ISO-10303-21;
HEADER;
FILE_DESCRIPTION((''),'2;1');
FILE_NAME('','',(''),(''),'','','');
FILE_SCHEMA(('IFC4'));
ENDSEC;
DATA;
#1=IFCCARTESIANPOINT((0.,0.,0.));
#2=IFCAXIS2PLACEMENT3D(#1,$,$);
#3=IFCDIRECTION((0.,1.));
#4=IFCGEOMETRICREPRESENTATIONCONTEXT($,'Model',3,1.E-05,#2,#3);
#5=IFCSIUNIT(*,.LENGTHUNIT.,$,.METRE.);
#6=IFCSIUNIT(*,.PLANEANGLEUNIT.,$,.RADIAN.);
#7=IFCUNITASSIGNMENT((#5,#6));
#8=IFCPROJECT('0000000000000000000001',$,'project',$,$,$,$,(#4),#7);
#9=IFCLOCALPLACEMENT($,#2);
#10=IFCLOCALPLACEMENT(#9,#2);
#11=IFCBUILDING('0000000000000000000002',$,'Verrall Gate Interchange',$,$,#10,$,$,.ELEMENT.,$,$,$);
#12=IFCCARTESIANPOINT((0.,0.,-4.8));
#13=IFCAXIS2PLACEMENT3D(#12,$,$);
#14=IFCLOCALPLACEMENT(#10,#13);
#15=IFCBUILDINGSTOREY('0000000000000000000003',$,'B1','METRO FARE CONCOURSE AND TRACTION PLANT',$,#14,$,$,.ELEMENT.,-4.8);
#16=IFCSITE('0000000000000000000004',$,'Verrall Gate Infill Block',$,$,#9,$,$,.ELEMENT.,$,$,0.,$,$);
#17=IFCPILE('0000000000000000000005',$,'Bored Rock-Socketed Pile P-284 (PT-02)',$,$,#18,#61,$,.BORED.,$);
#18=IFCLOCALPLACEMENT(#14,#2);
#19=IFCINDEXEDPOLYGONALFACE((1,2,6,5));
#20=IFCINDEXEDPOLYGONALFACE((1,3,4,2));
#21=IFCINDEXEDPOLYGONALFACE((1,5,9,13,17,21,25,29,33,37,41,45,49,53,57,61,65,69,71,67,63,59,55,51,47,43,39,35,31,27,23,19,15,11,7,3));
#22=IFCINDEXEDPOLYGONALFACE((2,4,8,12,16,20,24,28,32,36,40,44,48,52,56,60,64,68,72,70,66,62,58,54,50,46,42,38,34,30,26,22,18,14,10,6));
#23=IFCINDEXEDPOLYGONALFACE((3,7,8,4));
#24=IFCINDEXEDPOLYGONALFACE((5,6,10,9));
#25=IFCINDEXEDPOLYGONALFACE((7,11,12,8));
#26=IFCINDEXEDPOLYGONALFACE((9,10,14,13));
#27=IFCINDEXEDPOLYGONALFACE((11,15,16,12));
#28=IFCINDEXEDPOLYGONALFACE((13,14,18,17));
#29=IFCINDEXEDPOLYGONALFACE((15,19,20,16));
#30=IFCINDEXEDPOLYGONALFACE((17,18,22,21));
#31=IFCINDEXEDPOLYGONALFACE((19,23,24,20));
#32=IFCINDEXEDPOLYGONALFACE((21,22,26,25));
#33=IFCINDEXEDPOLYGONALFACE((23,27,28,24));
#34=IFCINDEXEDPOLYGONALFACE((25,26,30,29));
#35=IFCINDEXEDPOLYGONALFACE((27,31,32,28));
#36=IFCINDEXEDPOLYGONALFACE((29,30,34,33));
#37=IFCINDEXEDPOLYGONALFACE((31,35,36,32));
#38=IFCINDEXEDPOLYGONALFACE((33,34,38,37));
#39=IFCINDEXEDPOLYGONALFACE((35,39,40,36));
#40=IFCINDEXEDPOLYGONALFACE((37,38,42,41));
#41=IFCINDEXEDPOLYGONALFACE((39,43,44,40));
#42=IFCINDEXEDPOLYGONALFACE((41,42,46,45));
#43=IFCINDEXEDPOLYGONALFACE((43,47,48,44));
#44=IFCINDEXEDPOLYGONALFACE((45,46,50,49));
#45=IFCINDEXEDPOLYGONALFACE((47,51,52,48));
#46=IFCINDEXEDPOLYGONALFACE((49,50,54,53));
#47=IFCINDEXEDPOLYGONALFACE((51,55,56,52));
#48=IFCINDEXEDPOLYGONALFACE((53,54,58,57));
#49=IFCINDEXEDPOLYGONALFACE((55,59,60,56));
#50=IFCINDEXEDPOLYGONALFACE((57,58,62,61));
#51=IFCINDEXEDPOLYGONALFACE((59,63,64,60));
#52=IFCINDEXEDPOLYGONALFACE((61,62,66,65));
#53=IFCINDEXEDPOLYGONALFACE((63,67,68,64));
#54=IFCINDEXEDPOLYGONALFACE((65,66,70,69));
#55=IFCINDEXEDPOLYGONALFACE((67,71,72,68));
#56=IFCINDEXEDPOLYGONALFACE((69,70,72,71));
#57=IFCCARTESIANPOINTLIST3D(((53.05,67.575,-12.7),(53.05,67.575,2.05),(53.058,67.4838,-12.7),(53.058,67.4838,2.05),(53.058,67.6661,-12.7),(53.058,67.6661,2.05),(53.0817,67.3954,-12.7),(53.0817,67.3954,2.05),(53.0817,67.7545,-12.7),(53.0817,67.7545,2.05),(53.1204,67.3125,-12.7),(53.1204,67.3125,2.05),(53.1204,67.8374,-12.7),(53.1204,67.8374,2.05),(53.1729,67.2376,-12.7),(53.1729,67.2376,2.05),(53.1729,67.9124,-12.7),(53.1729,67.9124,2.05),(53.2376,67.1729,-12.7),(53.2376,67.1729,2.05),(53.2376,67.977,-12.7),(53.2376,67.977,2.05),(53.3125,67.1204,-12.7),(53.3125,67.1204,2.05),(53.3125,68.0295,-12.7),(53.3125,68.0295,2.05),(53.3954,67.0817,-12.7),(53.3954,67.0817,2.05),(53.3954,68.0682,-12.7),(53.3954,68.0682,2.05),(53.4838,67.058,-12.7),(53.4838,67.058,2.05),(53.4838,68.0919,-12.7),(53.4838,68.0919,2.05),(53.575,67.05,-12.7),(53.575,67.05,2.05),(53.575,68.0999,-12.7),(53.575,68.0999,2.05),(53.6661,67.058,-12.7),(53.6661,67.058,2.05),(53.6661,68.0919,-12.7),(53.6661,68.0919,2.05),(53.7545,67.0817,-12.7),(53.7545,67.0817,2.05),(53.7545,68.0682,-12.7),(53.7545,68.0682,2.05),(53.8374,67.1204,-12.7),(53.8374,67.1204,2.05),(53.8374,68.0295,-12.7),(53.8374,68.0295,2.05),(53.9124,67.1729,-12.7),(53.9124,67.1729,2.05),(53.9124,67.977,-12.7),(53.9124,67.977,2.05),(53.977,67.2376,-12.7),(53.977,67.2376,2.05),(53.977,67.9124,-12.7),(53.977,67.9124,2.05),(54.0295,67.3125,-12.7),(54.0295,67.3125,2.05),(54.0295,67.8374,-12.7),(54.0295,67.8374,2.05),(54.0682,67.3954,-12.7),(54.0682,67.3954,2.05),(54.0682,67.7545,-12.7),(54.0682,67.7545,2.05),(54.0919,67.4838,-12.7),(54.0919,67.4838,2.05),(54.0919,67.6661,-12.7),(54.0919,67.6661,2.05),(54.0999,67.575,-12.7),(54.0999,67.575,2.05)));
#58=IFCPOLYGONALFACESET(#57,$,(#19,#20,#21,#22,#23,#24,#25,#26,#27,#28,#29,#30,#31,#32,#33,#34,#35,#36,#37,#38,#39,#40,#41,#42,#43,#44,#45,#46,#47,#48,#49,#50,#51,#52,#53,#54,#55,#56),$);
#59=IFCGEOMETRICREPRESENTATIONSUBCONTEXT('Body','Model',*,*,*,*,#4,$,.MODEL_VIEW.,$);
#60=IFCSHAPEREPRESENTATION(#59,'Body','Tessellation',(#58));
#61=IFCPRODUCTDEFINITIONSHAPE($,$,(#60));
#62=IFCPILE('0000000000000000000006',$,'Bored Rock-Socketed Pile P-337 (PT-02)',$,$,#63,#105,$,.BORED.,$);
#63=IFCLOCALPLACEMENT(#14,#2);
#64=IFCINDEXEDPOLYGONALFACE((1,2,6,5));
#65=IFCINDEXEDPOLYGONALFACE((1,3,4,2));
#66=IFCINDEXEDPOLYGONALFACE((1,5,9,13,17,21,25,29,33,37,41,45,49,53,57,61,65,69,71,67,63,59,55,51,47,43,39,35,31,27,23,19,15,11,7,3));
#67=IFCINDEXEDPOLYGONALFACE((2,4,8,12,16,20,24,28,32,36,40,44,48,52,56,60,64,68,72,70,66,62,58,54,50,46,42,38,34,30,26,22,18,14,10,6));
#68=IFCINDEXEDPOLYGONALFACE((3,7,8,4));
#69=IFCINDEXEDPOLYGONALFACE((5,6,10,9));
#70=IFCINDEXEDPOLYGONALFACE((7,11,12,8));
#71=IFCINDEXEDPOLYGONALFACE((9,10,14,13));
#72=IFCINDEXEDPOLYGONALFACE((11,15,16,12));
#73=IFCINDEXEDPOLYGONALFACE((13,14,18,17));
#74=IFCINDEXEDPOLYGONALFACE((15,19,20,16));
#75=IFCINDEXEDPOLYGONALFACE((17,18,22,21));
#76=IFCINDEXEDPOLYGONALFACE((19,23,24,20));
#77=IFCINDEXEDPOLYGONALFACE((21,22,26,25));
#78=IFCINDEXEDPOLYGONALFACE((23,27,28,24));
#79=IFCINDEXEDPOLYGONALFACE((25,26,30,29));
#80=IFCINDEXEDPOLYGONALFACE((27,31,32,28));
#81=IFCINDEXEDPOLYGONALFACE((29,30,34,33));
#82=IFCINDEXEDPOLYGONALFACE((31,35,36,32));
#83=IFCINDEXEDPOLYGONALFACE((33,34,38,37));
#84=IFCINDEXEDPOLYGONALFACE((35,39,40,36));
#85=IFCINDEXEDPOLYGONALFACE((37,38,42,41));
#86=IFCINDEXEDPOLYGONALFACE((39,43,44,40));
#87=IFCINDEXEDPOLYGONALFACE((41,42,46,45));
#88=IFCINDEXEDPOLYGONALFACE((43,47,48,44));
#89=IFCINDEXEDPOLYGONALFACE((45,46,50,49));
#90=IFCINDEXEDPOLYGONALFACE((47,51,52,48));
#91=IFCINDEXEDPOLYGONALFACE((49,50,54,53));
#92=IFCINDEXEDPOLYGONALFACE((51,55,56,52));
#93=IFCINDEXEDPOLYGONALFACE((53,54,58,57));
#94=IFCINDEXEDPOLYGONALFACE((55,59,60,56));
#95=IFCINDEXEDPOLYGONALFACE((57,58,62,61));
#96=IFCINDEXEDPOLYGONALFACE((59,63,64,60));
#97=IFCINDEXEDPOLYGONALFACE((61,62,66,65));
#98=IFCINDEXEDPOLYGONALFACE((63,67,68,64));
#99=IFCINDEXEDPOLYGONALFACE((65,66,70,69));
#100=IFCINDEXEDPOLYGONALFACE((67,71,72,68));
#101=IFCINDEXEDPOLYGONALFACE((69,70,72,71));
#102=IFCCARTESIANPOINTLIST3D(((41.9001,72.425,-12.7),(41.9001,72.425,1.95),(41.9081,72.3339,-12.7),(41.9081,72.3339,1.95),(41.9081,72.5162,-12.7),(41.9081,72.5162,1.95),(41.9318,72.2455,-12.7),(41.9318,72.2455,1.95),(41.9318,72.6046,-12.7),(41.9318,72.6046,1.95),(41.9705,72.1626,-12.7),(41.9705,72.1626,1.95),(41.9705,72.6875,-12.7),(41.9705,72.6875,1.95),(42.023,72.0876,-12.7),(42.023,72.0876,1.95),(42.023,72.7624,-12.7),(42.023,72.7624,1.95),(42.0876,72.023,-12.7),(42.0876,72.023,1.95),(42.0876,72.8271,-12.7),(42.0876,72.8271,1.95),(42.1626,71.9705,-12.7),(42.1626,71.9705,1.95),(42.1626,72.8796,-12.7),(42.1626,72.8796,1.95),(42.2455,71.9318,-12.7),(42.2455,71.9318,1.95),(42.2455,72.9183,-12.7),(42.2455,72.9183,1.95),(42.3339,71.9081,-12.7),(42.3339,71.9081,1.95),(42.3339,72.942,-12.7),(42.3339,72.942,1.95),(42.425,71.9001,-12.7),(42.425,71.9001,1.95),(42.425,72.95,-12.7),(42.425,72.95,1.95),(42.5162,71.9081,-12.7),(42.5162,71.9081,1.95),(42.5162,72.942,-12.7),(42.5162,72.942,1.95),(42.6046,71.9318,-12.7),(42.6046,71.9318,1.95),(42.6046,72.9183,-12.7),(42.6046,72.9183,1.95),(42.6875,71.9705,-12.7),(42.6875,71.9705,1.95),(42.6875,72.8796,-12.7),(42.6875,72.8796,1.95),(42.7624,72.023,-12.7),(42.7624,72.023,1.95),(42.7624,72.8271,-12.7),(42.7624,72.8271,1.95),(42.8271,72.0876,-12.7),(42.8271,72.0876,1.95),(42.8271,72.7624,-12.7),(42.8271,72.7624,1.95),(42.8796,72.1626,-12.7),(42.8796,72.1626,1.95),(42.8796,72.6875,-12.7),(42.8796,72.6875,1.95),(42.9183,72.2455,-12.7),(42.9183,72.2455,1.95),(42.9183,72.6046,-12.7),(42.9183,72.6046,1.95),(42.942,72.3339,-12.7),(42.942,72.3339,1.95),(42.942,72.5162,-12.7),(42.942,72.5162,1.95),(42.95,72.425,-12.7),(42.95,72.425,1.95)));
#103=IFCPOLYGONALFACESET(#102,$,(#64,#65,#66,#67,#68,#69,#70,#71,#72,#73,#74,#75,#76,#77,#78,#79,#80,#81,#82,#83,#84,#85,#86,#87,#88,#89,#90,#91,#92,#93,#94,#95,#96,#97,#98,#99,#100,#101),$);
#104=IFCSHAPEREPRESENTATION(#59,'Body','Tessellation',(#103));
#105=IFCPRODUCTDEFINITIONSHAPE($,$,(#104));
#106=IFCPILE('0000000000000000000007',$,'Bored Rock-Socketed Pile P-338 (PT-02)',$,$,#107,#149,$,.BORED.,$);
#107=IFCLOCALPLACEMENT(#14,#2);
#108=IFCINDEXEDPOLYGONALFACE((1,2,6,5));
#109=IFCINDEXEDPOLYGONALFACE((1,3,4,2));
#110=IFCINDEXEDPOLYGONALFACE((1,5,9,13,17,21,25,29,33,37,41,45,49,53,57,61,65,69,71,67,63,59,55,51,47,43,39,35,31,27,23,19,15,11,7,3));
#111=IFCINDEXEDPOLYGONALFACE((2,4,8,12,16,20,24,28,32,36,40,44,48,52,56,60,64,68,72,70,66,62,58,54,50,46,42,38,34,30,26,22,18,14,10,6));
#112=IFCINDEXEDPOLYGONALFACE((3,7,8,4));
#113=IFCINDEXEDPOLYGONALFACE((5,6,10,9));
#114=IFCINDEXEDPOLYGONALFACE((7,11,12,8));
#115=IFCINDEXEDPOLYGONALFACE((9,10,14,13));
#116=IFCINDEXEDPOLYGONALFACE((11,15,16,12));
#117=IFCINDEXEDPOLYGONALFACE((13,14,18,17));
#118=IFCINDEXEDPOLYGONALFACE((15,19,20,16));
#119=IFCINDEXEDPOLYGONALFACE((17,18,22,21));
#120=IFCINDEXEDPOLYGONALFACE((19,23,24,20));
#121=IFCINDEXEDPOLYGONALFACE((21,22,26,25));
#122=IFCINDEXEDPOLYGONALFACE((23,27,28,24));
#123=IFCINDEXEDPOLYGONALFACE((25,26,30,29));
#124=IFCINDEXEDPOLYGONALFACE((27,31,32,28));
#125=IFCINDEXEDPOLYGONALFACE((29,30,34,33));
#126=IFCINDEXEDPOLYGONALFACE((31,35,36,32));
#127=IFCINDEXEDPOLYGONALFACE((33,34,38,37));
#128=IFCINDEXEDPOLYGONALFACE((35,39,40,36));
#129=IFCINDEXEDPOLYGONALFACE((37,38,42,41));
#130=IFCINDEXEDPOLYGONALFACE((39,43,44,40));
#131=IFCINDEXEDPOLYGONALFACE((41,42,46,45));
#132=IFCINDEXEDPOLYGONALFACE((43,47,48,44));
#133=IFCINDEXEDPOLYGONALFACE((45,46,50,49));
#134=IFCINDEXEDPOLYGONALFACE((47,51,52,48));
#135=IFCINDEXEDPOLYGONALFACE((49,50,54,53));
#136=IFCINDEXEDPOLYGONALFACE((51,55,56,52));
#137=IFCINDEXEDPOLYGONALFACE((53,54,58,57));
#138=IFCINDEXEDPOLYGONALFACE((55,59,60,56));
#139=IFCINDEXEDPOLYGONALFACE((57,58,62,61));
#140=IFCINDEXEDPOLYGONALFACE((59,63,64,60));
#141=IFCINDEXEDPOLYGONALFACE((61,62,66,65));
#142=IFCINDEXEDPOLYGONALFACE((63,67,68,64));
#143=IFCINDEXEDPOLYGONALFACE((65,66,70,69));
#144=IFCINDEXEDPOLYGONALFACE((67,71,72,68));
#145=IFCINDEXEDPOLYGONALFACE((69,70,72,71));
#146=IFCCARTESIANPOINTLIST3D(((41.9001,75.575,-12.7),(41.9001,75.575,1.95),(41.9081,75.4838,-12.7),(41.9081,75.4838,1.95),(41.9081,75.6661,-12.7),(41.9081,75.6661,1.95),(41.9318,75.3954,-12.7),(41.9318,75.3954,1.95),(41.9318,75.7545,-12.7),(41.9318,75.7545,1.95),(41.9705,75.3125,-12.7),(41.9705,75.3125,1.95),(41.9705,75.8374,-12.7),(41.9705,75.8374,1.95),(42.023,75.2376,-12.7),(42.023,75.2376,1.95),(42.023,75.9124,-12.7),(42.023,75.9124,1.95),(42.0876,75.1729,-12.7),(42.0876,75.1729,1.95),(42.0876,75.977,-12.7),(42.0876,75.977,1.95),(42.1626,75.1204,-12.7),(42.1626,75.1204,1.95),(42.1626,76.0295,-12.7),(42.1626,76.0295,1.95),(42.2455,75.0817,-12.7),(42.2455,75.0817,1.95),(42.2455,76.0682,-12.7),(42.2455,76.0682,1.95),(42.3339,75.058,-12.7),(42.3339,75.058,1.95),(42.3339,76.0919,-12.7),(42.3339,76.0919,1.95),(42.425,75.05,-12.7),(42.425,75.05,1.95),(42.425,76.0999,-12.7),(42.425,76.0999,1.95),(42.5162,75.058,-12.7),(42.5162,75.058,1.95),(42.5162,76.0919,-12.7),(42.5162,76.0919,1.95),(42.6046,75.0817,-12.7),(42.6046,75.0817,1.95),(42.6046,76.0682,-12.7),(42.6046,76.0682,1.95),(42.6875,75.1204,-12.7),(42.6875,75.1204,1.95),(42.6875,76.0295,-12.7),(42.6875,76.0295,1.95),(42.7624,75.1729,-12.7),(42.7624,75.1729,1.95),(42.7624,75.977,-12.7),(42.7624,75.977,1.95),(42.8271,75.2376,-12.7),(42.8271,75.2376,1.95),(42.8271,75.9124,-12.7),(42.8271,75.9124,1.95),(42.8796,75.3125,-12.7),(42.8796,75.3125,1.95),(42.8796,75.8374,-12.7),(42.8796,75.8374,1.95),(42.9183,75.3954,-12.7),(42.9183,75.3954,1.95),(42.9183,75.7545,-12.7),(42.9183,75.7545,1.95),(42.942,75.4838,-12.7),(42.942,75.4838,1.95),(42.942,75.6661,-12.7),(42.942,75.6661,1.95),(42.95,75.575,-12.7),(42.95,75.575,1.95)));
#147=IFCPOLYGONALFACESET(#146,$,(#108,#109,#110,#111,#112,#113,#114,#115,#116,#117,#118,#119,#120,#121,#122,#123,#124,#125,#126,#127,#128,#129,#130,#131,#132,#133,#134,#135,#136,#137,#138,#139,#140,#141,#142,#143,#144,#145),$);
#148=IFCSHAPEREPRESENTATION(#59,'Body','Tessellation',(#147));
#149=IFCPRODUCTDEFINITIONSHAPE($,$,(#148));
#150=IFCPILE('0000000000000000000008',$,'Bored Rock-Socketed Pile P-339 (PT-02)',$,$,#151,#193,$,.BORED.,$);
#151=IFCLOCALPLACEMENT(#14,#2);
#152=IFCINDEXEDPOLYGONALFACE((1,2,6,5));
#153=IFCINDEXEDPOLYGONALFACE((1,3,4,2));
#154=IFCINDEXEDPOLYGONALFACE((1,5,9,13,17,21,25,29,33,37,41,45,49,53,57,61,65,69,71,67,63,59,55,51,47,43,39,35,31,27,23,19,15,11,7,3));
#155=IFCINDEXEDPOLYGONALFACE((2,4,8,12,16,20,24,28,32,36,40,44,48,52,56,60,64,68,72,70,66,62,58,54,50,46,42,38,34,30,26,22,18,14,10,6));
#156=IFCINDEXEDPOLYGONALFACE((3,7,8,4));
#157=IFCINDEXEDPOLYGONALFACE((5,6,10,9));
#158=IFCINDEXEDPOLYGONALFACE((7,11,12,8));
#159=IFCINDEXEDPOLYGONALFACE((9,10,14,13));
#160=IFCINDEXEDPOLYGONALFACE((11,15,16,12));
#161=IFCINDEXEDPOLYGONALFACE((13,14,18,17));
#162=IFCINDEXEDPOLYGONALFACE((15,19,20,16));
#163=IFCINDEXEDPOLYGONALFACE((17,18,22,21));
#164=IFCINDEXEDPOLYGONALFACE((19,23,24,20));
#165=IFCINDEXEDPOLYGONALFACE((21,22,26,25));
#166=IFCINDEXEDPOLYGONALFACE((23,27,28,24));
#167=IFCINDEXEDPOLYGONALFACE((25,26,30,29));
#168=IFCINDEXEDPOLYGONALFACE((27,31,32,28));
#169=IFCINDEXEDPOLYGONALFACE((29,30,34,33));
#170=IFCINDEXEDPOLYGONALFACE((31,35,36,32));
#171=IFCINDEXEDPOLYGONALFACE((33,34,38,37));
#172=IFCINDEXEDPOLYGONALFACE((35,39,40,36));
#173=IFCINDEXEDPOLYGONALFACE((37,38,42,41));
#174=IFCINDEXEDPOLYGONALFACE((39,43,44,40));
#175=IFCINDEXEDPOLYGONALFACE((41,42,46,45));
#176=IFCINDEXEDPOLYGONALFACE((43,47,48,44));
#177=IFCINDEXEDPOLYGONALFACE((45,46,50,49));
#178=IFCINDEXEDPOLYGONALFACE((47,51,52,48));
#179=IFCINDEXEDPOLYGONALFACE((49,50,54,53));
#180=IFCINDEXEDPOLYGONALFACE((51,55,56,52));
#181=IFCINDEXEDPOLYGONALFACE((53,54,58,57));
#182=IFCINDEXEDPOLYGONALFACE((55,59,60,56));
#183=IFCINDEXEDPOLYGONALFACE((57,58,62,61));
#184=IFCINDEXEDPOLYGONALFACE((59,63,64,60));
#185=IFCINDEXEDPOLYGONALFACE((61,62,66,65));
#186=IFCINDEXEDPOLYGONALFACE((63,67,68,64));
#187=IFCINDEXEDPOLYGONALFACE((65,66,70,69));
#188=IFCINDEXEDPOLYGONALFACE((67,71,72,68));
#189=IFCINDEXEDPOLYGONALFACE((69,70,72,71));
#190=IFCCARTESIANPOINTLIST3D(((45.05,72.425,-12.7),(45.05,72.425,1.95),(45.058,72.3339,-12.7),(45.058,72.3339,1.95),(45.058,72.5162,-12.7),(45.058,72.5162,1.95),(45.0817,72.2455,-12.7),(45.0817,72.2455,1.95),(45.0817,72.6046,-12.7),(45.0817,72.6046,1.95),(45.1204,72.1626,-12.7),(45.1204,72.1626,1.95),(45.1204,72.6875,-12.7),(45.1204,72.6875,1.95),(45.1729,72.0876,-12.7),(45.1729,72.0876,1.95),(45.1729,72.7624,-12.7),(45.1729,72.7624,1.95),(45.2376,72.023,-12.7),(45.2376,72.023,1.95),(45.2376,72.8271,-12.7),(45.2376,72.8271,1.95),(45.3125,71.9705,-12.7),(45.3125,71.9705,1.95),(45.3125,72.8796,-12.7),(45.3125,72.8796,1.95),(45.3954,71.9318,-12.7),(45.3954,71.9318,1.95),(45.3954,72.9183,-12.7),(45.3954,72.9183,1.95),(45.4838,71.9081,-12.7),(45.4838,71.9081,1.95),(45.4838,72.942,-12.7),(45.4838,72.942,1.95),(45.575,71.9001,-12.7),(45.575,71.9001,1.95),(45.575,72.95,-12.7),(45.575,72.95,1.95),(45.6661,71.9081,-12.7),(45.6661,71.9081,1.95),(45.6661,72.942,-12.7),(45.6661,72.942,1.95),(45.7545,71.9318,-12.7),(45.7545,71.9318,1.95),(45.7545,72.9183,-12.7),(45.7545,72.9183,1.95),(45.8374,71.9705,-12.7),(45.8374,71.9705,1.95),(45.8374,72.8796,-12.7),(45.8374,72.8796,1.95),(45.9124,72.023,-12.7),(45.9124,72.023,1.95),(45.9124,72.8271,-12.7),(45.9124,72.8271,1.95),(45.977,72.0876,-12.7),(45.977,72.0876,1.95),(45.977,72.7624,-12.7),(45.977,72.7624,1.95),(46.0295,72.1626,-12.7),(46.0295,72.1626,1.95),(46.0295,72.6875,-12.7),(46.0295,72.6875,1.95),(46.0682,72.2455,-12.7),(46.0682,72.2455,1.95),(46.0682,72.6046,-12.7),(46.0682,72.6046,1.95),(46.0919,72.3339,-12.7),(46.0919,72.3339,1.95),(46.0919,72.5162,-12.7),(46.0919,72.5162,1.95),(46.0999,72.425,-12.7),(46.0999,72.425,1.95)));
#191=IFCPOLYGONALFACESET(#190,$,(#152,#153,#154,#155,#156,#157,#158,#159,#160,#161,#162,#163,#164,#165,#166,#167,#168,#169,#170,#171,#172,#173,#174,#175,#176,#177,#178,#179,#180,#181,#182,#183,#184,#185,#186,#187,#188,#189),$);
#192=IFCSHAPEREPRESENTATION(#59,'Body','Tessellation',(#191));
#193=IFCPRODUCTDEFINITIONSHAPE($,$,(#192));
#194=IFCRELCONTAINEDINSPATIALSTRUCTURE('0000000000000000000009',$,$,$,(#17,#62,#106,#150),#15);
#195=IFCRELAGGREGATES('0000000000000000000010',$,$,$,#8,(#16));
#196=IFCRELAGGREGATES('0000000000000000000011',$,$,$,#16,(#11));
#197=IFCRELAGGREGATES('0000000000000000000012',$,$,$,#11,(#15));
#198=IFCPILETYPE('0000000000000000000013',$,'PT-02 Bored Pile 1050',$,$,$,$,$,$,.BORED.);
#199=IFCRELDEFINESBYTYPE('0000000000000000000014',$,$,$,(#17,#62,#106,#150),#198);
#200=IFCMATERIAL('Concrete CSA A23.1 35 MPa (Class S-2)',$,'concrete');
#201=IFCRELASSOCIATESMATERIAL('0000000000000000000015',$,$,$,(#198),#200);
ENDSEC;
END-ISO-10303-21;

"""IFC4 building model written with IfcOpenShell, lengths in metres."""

from ifc_helpers import new_model, si_unit, direction, frame, origin, origin_2d, place, context, subcontext, project, spatial, circle, extrude, material, material_profile, profile_set, type_object, element, save


model = new_model("IFC4")

# Units and contexts
model_context = context("Model", 3, precision=1e-05, world=origin(), true_north=direction((0.0, 1.0)))
body_context = subcontext(model_context, "Body", "Model", "MODEL_VIEW")
ifc_project = project(units=[si_unit("LENGTHUNIT", "METRE"), si_unit("PLANEANGLEUNIT", "RADIAN")], contexts=[model_context])

# Site, building, storey
site_placement = place(None, origin())
site = spatial("IfcSite", under=ifc_project, at=site_placement, Name="Verrall Gate Infill Block", CompositionType="ELEMENT", RefElevation=0.0)
building_placement = place(site_placement, origin())
building = spatial("IfcBuilding", under=site, at=building_placement, Name="Verrall Gate Interchange", CompositionType="ELEMENT")
storey_placement = place(building_placement, frame((0.0, 0.0, -4.8)))
storey = spatial("IfcBuildingStorey", under=building, at=storey_placement, Name="B1", Description="METRO FARE CONCOURSE AND TRACTION PLANT", CompositionType="ELEMENT", Elevation=-4.8)

# Piles
ifc_material_1 = material(Name="Concrete CSA A23.1 35 MPa (Class S-2)", Category="concrete")
ifc_material_profile_1 = material_profile(ifc_material_1, circle(Radius=0.5249, at=origin_2d()), Name="PILE1050D")
ifc_profile_set_1 = profile_set([ifc_material_profile_1], Name="Concrete CSA A23.1 35 MPa (Class S-2)")
pile_type_1 = type_object("IfcPileType", Name="PT-02 Bored Pile 1050", PredefinedType="BORED", material=ifc_profile_set_1)
for number, where, z_axis, x_axis, name in (
    (1, (53.575, 67.575, 2.05), (0.0, 0.0, -1.0), (1.0, 0.0, 0.0), "Bored Rock-Socketed Pile P-284 (PT-02)"),
):
    element("IfcPile", number, at=place(storey_placement, frame(where, z_axis=z_axis, x_axis=x_axis)), inside=storey, type_object=pile_type_1, Name=name, PredefinedType="BORED", context=body_context, shape_type="SweptSolid", body=[
        extrude(circle(Radius=0.5249, at=origin_2d()), origin(), (0.0, 0.0, 1.0), 14.75),
    ])
for number, where, z_axis, x_axis, name in (
    (2, (42.425, 72.425, 1.95), (0.0, 0.0, -1.0), (1.0, 0.0, 0.0), "Bored Rock-Socketed Pile P-337 (PT-02)"),
    (3, (42.425, 75.575, 1.95), (0.0, 0.0, -1.0), (1.0, 0.0, 0.0), "Bored Rock-Socketed Pile P-338 (PT-02)"),
    (4, (45.575, 72.425, 1.95), (0.0, 0.0, -1.0), (1.0, 0.0, 0.0), "Bored Rock-Socketed Pile P-339 (PT-02)"),
):
    element("IfcPile", number, at=place(storey_placement, frame(where, z_axis=z_axis, x_axis=x_axis)), inside=storey, type_object=pile_type_1, Name=name, PredefinedType="BORED", context=body_context, shape_type="SweptSolid", body=[
        extrude(circle(Radius=0.5249, at=origin_2d()), origin(), (0.0, 0.0, 1.0), 14.6499),
    ])

save(model, "model.ifc")
